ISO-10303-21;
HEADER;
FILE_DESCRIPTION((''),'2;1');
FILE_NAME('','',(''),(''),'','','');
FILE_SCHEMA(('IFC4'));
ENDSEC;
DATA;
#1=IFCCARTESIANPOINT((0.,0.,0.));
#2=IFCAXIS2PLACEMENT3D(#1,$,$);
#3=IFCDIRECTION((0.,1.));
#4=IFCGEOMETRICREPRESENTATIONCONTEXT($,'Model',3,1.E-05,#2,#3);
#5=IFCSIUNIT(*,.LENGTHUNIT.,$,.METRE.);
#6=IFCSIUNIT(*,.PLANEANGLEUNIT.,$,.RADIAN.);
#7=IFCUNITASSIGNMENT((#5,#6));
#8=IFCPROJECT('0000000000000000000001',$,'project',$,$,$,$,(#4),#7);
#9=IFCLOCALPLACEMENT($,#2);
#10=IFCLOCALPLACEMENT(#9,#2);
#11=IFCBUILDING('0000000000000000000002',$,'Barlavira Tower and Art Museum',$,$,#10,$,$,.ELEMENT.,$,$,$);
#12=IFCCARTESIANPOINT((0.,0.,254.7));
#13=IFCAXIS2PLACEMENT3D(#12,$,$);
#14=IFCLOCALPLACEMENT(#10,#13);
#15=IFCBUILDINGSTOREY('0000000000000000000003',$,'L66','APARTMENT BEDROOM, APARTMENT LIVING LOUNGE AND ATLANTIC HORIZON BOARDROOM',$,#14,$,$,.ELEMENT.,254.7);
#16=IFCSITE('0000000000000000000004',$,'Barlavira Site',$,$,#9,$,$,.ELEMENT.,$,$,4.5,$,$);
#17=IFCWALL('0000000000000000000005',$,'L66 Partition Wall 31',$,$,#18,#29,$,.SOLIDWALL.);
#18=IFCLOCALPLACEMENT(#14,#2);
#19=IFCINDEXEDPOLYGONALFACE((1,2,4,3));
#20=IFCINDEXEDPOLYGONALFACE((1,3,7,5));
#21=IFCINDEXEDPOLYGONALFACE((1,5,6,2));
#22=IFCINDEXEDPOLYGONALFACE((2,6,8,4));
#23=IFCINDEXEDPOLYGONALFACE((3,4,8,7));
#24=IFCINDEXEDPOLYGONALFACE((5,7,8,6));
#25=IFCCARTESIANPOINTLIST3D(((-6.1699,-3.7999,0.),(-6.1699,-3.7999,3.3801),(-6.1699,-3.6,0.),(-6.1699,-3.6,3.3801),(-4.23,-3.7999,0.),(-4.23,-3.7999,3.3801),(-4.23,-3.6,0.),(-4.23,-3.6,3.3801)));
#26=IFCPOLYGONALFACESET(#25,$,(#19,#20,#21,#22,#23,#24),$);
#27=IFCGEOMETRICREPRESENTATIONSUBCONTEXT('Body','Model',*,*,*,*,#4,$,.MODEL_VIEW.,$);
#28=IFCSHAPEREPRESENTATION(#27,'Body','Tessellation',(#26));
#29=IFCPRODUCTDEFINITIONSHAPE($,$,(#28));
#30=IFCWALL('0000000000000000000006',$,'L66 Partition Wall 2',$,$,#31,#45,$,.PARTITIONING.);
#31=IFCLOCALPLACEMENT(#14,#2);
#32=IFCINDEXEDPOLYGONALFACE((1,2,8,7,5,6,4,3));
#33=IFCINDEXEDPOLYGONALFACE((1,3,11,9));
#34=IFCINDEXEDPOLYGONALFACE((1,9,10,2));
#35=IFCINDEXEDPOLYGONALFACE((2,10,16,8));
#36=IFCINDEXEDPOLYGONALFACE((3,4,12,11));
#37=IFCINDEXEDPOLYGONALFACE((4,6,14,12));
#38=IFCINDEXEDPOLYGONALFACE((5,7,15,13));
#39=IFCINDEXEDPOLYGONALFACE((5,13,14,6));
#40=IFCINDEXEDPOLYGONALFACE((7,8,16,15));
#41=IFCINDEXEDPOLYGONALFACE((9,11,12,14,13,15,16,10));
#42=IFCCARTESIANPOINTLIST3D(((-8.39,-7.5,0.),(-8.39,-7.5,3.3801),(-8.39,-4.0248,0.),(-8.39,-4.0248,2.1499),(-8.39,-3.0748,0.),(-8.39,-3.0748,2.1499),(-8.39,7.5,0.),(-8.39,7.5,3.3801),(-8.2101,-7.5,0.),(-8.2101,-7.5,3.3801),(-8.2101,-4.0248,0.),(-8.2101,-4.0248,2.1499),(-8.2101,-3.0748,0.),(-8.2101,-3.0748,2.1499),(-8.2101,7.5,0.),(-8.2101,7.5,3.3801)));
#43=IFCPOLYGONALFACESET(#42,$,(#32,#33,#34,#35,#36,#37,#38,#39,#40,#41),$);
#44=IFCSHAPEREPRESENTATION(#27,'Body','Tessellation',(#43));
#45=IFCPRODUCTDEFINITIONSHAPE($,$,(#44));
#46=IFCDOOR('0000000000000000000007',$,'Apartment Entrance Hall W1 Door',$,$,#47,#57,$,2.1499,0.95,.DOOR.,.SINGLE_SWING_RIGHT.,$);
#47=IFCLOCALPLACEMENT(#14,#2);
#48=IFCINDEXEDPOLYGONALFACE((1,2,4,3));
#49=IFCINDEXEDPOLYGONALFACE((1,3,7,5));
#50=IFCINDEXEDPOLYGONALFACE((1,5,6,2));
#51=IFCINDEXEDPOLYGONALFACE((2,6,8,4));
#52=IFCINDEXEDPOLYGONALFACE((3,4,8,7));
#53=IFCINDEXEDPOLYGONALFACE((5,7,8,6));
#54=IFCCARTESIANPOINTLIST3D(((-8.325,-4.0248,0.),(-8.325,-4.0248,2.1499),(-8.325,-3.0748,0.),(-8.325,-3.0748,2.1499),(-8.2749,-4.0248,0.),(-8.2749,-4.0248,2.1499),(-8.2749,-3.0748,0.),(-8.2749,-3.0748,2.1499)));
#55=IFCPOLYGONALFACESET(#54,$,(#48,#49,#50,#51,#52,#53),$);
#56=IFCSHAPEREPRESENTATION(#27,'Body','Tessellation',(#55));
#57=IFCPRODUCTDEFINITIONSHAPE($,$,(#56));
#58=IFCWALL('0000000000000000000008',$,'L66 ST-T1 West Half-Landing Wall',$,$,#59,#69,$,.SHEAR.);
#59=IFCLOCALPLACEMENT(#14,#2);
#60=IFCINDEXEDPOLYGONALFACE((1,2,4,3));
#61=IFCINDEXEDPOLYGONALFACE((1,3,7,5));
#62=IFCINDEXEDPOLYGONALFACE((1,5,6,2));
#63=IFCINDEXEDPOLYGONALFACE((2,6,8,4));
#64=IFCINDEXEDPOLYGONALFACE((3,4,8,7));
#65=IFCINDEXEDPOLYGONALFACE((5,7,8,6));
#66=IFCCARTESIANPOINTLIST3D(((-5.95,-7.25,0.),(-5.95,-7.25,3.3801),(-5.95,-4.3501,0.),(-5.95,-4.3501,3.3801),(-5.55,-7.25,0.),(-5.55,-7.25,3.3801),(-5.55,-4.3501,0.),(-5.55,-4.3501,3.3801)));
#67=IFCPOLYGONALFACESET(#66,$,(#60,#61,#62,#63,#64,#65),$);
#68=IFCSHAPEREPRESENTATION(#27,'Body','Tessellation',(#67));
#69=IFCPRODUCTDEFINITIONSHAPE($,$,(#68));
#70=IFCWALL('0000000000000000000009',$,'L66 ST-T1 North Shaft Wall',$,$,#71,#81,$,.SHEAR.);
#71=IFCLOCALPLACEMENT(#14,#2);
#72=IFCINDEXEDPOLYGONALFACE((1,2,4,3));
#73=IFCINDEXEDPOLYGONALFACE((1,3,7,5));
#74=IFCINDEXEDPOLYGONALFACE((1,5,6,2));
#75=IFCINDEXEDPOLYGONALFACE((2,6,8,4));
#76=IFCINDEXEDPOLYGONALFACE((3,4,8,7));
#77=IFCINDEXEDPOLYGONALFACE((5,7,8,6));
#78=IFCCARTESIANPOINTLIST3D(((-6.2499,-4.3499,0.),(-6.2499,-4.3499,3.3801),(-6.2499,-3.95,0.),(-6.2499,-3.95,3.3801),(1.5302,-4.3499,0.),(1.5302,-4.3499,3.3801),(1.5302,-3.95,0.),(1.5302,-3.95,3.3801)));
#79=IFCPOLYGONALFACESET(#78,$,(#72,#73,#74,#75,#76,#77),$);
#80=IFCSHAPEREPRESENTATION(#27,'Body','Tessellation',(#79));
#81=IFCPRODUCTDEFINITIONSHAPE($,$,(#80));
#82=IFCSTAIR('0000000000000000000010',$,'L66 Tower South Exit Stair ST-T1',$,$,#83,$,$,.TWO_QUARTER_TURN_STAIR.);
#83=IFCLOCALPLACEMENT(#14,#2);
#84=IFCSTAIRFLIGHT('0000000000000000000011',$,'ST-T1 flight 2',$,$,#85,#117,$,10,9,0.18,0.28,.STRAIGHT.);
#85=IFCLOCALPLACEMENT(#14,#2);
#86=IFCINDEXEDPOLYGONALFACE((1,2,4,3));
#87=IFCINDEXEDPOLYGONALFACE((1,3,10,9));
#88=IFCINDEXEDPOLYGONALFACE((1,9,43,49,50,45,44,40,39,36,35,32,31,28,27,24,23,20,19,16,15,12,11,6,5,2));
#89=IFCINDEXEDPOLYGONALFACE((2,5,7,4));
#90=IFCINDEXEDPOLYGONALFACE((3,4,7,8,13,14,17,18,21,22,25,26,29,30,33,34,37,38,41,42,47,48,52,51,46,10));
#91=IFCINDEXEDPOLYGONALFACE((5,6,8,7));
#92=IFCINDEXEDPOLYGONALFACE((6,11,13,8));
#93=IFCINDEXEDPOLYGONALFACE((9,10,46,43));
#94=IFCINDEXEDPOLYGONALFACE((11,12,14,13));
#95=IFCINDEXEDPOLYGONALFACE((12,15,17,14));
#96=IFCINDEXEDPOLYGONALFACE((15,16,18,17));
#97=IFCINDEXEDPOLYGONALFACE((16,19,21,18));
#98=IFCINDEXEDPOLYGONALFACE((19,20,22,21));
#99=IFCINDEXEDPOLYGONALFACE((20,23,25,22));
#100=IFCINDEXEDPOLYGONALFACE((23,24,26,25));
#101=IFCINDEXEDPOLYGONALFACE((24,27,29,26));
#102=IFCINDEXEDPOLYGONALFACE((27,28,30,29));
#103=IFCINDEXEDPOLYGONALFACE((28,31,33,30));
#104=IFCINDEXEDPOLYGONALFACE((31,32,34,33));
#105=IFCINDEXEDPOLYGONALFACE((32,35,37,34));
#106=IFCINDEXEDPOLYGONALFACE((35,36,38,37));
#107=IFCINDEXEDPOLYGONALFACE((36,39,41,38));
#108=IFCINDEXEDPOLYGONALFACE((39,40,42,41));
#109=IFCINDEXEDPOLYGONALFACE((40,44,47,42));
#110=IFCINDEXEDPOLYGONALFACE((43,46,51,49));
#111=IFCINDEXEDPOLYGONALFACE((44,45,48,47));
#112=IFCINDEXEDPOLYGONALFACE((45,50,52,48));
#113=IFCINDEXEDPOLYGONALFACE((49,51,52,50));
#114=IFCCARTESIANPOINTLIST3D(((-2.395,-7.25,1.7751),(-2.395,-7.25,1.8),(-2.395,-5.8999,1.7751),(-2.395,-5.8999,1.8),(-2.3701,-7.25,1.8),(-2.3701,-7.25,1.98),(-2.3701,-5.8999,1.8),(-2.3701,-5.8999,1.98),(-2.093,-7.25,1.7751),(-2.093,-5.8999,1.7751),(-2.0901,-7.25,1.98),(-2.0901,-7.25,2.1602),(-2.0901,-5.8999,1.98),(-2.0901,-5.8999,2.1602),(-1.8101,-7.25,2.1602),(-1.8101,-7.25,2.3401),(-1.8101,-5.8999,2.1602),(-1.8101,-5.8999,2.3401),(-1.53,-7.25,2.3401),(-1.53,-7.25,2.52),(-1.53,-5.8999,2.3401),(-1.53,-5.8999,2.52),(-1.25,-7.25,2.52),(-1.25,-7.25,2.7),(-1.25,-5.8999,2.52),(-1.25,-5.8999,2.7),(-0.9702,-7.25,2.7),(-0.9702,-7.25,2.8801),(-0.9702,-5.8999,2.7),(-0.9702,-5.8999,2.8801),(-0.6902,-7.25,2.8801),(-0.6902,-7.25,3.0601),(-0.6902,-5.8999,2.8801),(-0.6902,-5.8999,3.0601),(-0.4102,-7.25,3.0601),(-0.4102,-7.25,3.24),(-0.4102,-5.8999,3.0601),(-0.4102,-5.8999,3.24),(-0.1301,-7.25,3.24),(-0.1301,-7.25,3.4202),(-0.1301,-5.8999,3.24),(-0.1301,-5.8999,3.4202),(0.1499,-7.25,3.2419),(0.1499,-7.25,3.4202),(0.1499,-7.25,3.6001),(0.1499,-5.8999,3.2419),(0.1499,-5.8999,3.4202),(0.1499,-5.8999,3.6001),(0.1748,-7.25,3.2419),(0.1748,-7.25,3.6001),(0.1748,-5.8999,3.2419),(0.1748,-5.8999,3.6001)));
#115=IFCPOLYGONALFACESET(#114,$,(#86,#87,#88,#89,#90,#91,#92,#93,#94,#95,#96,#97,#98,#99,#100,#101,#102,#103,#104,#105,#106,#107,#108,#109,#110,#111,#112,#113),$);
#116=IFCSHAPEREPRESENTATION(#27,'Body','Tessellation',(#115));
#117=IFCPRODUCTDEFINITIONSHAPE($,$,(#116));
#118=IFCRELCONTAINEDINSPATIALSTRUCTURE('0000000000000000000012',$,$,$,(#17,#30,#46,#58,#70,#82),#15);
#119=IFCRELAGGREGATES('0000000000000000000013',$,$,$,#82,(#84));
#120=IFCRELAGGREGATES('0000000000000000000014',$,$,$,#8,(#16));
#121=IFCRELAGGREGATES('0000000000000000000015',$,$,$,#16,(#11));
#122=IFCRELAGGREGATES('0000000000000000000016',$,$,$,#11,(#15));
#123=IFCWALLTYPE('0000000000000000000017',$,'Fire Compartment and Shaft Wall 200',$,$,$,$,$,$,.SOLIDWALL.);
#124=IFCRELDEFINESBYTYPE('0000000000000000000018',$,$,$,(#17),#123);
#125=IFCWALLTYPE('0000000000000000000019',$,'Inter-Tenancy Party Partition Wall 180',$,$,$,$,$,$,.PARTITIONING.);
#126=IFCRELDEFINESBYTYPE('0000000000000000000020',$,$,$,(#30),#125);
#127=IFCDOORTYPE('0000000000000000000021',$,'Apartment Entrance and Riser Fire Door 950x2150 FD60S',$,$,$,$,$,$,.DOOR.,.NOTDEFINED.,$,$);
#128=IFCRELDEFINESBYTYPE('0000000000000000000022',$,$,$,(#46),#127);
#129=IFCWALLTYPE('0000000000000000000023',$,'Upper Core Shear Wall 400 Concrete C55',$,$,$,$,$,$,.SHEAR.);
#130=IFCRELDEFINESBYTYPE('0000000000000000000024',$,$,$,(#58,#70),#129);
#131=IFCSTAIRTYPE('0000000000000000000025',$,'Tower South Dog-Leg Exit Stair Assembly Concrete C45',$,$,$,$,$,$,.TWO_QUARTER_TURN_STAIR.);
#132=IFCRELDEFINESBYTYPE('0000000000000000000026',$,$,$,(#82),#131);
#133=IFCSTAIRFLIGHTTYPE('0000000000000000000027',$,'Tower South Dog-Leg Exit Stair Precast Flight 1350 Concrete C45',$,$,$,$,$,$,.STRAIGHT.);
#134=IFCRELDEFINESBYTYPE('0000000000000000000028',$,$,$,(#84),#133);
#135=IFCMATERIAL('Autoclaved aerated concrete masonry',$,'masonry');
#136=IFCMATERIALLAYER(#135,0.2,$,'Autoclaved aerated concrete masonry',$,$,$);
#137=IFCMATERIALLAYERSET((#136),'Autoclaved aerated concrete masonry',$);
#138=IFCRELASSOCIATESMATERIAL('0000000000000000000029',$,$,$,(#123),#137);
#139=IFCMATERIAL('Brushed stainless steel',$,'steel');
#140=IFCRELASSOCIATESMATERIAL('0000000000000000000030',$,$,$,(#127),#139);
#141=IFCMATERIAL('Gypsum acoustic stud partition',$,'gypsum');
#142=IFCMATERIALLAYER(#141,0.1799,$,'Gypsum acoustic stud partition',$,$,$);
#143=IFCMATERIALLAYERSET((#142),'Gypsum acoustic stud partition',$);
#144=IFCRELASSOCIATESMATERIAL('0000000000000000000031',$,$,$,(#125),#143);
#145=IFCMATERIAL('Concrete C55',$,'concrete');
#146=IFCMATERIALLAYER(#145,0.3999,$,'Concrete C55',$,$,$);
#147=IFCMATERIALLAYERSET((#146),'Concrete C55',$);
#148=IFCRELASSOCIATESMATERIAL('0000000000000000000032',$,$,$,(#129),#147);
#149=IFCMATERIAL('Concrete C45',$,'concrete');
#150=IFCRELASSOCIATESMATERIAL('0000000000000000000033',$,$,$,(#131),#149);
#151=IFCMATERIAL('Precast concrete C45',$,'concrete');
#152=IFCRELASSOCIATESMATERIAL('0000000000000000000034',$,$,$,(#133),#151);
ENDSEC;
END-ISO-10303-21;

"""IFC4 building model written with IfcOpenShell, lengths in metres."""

from ifc_helpers import new_model, si_unit, direction, frame, frame_2d, origin, place, context, subcontext, project, spatial, polyline, rectangle, outline, extrude, material, layer, layer_set, type_object, element, fill, aggregate, save


model = new_model("IFC4")

# Units and contexts
model_context = context("Model", 3, precision=1e-05, world=origin(), true_north=direction((0.0, 1.0)))
body_context = subcontext(model_context, "Body", "Model", "MODEL_VIEW")
ifc_project = project(units=[si_unit("LENGTHUNIT", "METRE"), si_unit("PLANEANGLEUNIT", "RADIAN")], contexts=[model_context])

# Site, building, storey
site_placement = place(None, origin())
site = spatial("IfcSite", under=ifc_project, at=site_placement, Name="Barlavira Site", CompositionType="ELEMENT", RefElevation=4.5)
building_placement = place(site_placement, origin())
building = spatial("IfcBuilding", under=site, at=building_placement, Name="Barlavira Tower and Art Museum", CompositionType="ELEMENT")
storey_placement = place(building_placement, frame((0.0, 0.0, 254.7)))
storey = spatial("IfcBuildingStorey", under=building, at=storey_placement, Name="L66", Description="APARTMENT BEDROOM, APARTMENT LIVING LOUNGE AND ATLANTIC HORIZON BOARDROOM", CompositionType="ELEMENT", Elevation=254.7)

# Shared definitions
ifc_material_1 = material(Name="Autoclaved aerated concrete masonry", Category="masonry")
ifc_layer_1 = layer(ifc_material_1, 0.2, Name="Autoclaved aerated concrete masonry")
ifc_layer_set_1 = layer_set([ifc_layer_1], Name="Autoclaved aerated concrete masonry")
wall_type_1 = type_object("IfcWallType", Name="Fire Compartment and Shaft Wall 200", PredefinedType="SOLIDWALL", material=ifc_layer_set_1)

# Shared definitions
ifc_material_2 = material(Name="Brushed stainless steel", Category="steel")
door_type = type_object("IfcDoorType", Name="Apartment Entrance and Riser Fire Door 950x2150 FD60S", OperationType="NOTDEFINED", PredefinedType="DOOR", material=ifc_material_2)

# Wall
wall_1_placement = place(storey_placement, frame((-6.1699, -3.7, 0.0), z_axis=(0.0, 0.0, 1.0), x_axis=(1.0, 0.0, 0.0)))
element("IfcWall", 1, at=wall_1_placement, inside=storey, type_object=wall_type_1, Name="L66 Partition Wall 31", PredefinedType="SOLIDWALL", context=body_context, shape_type="SweptSolid", body=[
    extrude(rectangle(XDim=1.9399, YDim=0.2, at=frame_2d((0.97, 0.0))), origin(), (0.0, 0.0, 1.0), 3.3801),
])

# Wall, opening, door
ifc_material_3 = material(Name="Gypsum acoustic stud partition", Category="gypsum")
ifc_layer_2 = layer(ifc_material_3, 0.1799, Name="Gypsum acoustic stud partition")
ifc_layer_set_2 = layer_set([ifc_layer_2], Name="Gypsum acoustic stud partition")
wall_type_2 = type_object("IfcWallType", Name="Inter-Tenancy Party Partition Wall 180", PredefinedType="PARTITIONING", material=ifc_layer_set_2)
wall_2_placement = place(storey_placement, frame((-8.3, -7.5, 0.0), z_axis=(0.0, 0.0, 1.0), x_axis=(0.0, 1.0, 0.0)))
wall_2 = element("IfcWall", 2, at=wall_2_placement, inside=storey, type_object=wall_type_2, Name="L66 Partition Wall 2", PredefinedType="PARTITIONING", context=body_context, shape_type="SweptSolid", body=[
    extrude(rectangle(XDim=15.0, YDim=0.1799, at=frame_2d((7.5, 0.0))), origin(), (0.0, 0.0, 1.0), 3.3801),
])
opening_1_placement = place(wall_2_placement, frame((3.4751, 0.0, 0.0)))
opening_1 = element("IfcOpeningElement", 3, at=opening_1_placement, cuts=wall_2, PredefinedType="OPENING", context=body_context, shape_type="SweptSolid", body=[
    extrude(rectangle(XDim=0.95, YDim=2.1499, at=frame_2d((0.4751, 1.075))), frame((0.0, 0.1001, 0.0), z_axis=(0.0, -1.0, 0.0), x_axis=(1.0, 0.0, 0.0)), (0.0, 0.0, 1.0), 0.2),
])
door_1_placement = place(opening_1_placement, origin())
door_1 = element("IfcDoor", 4, at=door_1_placement, inside=storey, type_object=door_type, Name="Apartment Entrance Hall W1 Door", OperationType="SINGLE_SWING_RIGHT", OverallHeight=2.1499, OverallWidth=0.95, PredefinedType="DOOR", context=body_context, shape_type="SweptSolid", body=[
    extrude(rectangle(XDim=0.95, YDim=2.1499, at=frame_2d((0.4751, 1.075))), frame((0.0, 0.0249, 0.0), z_axis=(0.0, -1.0, 0.0), x_axis=(1.0, 0.0, 0.0)), (0.0, 0.0, 1.0), 0.05),
])
fill(opening_1, door_1)

# Walls
ifc_material_4 = material(Name="Concrete C55", Category="concrete")
ifc_layer_3 = layer(ifc_material_4, 0.3999, Name="Concrete C55")
ifc_layer_set_3 = layer_set([ifc_layer_3], Name="Concrete C55")
wall_type_3 = type_object("IfcWallType", Name="Upper Core Shear Wall 400 Concrete C55", PredefinedType="SHEAR", material=ifc_layer_set_3)
wall_3_placement = place(storey_placement, frame((-5.75, -7.25, 0.0), z_axis=(0.0, 0.0, 1.0), x_axis=(0.0, 1.0, 0.0)))
element("IfcWall", 5, at=wall_3_placement, inside=storey, type_object=wall_type_3, Name="L66 ST-T1 West Half-Landing Wall", PredefinedType="SHEAR", context=body_context, shape_type="SweptSolid", body=[
    extrude(rectangle(XDim=2.8999, YDim=0.3999, at=frame_2d((1.45, 0.0))), origin(), (0.0, 0.0, 1.0), 3.3801),
])
wall_4_placement = place(storey_placement, frame((-6.25, -4.1499, 0.0), z_axis=(0.0, 0.0, 1.0), x_axis=(1.0, 0.0, 0.0)))
element("IfcWall", 6, at=wall_4_placement, inside=storey, type_object=wall_type_3, Name="L66 ST-T1 North Shaft Wall", PredefinedType="SHEAR", context=body_context, shape_type="SweptSolid", body=[
    extrude(rectangle(XDim=7.78, YDim=0.3999, at=frame_2d((3.8901, 0.0))), origin(), (0.0, 0.0, 1.0), 3.3801),
])

# Stair, stair flight
ifc_material_5 = material(Name="Concrete C45", Category="concrete")
stair_type = type_object("IfcStairType", Name="Tower South Dog-Leg Exit Stair Assembly Concrete C45", PredefinedType="TWO_QUARTER_TURN_STAIR", material=ifc_material_5)
stair_placement = place(storey_placement, origin())
stair = element("IfcStair", 7, at=stair_placement, inside=storey, type_object=stair_type, Name="L66 Tower South Exit Stair ST-T1", PredefinedType="TWO_QUARTER_TURN_STAIR")
ifc_material_6 = material(Name="Precast concrete C45", Category="concrete")
stair_flight_type = type_object("IfcStairFlightType", Name="Tower South Dog-Leg Exit Stair Precast Flight 1350 Concrete C45", PredefinedType="STRAIGHT", material=ifc_material_6)
stair_flight_placement = place(storey_placement, frame((-2.3701, -6.575, 1.8), z_axis=(0.0, 0.0, 1.0), x_axis=(1.0, 0.0, 0.0)))
stair_flight = element("IfcStairFlight", 8, at=stair_flight_placement, type_object=stair_flight_type, Name="ST-T1 flight 2", NumberOfRisers=10, NumberOfTreads=9, PredefinedType="STRAIGHT", RiserHeight=0.18, TreadLength=0.28, context=body_context, shape_type="SweptSolid", body=[
    extrude(outline(polyline([(-0.0249, 0.0), (0.0, 0.0), (0.0, 0.1799), (0.28, 0.1799), (0.28, 0.3601), (0.5601, 0.3601), (0.5601, 0.54), (0.8401, 0.54), (0.8401, 0.72), (1.1201, 0.72), (1.1201, 0.8999), (1.3999, 0.8999), (1.3999, 1.0801), (1.6799, 1.0801), (1.6799, 1.26), (1.96, 1.26), (1.96, 1.4399), (2.24, 1.4399), (2.24, 1.6201), (2.52, 1.6201), (2.52, 1.8), (2.5449, 1.8), (2.5449, 1.4419), (2.52, 1.4419), (0.2771, -0.0249), (-0.0249, -0.0249), (-0.0249, 0.0)])), frame((0.0, 0.675, 0.0), z_axis=(0.0, -1.0, 0.0), x_axis=(1.0, 0.0, 0.0)), (0.0, 0.0, 1.0), 1.3501),
])
aggregate(stair, [stair_flight])

save(model, "model.ifc")
